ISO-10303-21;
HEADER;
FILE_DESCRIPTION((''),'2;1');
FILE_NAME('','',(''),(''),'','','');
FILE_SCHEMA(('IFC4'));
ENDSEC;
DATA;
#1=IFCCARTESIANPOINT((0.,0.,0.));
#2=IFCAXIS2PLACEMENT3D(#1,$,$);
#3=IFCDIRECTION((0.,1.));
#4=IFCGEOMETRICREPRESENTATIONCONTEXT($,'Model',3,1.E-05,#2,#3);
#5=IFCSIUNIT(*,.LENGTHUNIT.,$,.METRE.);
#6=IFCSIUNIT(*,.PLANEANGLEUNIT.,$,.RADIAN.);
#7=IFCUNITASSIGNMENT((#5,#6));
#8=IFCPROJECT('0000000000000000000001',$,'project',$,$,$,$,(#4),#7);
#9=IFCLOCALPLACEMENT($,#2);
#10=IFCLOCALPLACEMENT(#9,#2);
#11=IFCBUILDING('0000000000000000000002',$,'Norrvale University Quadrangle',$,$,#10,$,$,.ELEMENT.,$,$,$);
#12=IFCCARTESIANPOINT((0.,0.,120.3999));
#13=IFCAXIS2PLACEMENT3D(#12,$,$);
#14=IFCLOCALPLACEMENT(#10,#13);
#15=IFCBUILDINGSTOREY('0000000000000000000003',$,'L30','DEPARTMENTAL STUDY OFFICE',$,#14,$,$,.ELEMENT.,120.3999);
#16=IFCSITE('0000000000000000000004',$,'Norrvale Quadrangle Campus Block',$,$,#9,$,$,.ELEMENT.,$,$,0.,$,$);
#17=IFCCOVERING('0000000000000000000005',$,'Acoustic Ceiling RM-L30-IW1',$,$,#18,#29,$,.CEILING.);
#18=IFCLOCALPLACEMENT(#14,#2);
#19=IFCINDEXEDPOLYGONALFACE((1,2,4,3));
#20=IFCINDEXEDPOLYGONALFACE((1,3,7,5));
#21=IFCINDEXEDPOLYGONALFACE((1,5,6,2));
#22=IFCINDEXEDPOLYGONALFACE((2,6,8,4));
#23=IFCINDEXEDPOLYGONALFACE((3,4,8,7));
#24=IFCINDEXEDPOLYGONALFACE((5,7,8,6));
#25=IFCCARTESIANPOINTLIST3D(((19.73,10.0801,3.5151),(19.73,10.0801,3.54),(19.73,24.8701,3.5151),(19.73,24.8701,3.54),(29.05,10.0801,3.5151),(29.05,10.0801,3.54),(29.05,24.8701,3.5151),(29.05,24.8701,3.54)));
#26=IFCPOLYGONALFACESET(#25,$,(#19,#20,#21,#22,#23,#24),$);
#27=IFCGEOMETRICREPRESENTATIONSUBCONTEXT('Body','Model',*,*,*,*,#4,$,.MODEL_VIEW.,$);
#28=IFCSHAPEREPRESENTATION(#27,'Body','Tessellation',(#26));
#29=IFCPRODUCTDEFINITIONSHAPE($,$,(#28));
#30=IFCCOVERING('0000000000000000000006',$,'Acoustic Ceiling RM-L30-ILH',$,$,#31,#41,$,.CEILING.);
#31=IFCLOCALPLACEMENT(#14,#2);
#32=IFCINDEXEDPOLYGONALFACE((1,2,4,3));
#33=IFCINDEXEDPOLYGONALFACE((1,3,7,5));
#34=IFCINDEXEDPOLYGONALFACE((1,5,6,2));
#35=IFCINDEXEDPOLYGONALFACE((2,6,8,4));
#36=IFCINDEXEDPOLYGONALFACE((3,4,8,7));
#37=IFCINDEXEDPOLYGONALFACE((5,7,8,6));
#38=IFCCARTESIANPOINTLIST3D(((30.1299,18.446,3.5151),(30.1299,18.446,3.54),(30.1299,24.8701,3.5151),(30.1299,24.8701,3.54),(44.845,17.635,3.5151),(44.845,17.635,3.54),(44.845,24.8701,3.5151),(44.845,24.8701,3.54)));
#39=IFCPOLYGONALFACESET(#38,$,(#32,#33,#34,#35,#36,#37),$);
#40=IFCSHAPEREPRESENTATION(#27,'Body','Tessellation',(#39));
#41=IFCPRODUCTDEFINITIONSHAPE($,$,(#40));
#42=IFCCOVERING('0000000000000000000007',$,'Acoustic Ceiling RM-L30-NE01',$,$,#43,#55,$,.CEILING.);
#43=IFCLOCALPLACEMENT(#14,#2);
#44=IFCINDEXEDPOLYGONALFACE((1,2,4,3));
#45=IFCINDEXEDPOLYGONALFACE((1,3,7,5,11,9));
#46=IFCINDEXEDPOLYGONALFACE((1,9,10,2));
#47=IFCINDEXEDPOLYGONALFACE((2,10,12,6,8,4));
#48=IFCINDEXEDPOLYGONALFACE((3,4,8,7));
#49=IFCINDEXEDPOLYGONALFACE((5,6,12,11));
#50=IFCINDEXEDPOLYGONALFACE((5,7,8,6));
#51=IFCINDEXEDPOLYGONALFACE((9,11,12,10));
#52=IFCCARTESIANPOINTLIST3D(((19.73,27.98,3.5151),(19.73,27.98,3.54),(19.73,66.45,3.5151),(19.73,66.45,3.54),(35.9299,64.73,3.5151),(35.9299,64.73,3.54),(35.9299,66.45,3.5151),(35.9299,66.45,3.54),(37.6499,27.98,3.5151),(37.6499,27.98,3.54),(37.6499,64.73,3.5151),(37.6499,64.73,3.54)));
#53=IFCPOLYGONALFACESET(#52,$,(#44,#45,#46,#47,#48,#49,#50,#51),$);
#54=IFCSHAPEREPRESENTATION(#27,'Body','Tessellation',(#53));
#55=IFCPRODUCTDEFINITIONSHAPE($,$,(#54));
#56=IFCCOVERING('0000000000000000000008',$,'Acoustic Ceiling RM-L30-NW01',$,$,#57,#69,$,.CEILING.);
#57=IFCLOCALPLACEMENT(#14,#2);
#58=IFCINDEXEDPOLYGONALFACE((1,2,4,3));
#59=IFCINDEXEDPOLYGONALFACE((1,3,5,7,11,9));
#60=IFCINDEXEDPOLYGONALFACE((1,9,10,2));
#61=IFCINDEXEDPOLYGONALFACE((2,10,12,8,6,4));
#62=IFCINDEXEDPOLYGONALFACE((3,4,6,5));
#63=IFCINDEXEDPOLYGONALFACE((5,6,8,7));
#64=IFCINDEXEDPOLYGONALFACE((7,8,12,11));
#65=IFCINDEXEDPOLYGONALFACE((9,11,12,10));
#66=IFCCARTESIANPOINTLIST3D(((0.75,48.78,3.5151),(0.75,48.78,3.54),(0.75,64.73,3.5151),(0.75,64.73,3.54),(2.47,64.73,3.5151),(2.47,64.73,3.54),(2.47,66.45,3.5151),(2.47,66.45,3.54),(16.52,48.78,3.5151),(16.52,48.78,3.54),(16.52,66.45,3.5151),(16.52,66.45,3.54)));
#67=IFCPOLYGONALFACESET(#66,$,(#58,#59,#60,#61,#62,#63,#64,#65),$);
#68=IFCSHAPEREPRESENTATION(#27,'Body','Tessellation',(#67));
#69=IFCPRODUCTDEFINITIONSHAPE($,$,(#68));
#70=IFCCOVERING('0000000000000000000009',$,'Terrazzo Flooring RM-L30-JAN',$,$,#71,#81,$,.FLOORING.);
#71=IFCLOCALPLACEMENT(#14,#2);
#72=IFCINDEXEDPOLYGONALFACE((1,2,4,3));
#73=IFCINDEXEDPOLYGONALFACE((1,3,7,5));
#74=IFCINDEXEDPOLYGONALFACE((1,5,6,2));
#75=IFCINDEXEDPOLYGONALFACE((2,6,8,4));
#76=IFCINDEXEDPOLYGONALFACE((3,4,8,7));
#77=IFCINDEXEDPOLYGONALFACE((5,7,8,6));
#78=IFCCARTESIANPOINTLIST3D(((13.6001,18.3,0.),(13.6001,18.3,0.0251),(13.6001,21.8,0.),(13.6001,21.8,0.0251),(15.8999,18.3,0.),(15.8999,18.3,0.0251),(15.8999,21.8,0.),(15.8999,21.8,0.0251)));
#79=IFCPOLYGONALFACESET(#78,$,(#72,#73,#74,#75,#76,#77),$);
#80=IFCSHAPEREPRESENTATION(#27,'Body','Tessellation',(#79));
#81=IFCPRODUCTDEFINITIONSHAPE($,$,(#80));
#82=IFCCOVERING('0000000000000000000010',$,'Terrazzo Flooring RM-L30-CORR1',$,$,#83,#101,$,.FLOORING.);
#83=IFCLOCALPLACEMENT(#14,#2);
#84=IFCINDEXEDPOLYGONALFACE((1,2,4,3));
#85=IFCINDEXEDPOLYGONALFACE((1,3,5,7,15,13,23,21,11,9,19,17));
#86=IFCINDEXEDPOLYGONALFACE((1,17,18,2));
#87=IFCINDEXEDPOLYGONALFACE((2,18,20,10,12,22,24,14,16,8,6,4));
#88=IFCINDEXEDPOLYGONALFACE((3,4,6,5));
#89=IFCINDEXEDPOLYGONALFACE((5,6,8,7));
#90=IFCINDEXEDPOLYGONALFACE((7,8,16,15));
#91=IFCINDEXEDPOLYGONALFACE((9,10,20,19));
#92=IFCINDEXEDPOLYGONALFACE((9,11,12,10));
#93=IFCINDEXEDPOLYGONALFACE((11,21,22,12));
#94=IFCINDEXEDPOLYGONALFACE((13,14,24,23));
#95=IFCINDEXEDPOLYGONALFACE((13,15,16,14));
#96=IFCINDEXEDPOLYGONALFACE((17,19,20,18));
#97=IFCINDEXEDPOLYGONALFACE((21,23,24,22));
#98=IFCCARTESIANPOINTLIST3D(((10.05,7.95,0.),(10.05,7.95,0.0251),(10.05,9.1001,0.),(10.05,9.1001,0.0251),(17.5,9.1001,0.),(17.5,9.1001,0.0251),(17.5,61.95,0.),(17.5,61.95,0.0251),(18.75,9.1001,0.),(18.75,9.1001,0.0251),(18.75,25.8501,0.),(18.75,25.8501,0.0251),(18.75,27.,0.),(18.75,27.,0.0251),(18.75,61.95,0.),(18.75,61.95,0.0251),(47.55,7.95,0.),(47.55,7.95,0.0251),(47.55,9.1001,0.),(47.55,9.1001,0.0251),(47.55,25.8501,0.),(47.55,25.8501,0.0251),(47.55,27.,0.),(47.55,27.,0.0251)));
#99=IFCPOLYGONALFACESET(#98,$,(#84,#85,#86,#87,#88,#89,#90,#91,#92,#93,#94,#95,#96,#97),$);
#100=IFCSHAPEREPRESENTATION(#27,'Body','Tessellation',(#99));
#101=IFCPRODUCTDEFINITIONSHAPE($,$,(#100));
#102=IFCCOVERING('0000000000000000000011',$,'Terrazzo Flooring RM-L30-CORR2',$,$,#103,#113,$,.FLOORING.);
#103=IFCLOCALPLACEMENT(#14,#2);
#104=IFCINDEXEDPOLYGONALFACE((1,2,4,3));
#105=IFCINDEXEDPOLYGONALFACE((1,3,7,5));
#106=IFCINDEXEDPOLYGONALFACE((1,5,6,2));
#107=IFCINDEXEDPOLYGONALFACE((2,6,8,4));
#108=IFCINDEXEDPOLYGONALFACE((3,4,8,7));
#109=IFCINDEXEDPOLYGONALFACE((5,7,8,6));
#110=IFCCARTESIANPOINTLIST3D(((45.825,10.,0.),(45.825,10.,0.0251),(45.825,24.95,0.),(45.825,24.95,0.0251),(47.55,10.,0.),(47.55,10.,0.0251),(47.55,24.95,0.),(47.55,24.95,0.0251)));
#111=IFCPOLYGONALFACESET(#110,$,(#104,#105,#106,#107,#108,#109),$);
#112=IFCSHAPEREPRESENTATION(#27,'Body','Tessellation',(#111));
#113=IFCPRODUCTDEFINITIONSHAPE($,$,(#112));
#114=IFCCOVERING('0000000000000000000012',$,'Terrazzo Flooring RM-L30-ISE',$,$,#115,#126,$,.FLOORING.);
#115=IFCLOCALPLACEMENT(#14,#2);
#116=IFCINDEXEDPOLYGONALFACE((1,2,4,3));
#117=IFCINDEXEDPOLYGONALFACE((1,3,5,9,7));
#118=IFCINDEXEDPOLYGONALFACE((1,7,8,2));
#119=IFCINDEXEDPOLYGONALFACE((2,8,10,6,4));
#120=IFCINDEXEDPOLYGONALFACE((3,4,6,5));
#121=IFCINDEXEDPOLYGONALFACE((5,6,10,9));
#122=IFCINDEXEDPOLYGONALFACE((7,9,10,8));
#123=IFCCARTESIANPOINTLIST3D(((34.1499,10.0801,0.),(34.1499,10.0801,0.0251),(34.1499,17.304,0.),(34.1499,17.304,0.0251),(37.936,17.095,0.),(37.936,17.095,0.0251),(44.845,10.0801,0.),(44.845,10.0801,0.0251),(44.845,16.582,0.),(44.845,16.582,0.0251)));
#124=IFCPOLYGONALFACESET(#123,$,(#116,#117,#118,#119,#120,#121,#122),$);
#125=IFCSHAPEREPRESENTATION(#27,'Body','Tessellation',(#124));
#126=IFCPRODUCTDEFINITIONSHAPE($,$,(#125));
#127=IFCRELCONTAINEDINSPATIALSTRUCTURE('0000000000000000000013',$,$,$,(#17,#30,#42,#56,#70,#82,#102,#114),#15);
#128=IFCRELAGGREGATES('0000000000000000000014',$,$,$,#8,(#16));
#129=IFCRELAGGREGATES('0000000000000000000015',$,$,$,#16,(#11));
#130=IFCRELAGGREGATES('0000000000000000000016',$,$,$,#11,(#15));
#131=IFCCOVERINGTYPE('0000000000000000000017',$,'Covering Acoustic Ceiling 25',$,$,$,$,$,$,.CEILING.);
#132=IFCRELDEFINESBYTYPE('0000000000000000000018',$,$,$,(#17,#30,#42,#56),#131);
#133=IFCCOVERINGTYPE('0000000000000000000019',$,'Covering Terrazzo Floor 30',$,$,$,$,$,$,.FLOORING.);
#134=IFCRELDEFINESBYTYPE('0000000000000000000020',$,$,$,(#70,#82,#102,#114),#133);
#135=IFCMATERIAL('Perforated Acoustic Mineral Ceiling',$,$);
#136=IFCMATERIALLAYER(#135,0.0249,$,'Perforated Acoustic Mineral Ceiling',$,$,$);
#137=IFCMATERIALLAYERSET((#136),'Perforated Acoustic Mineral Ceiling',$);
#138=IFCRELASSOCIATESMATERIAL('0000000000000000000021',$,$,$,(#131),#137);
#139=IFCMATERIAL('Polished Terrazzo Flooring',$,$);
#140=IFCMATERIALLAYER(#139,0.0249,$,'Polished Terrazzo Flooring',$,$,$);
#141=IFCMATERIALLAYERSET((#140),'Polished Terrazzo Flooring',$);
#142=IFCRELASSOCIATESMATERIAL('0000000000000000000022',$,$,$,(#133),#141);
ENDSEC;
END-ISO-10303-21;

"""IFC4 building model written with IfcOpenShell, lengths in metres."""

from ifc_helpers import new_model, si_unit, direction, frame, origin, place, context, subcontext, project, spatial, polyline, outline, extrude, material, layer, layer_set, type_object, element, save


model = new_model("IFC4")

# Units and contexts
model_context = context("Model", 3, precision=1e-05, world=origin(), true_north=direction((0.0, 1.0)))
body_context = subcontext(model_context, "Body", "Model", "MODEL_VIEW")
ifc_project = project(units=[si_unit("LENGTHUNIT", "METRE"), si_unit("PLANEANGLEUNIT", "RADIAN")], contexts=[model_context])

# Site, building, storey
site_placement = place(None, origin())
site = spatial("IfcSite", under=ifc_project, at=site_placement, Name="Norrvale Quadrangle Campus Block", CompositionType="ELEMENT", RefElevation=0.0)
building_placement = place(site_placement, origin())
building = spatial("IfcBuilding", under=site, at=building_placement, Name="Norrvale University Quadrangle", CompositionType="ELEMENT")
storey_placement = place(building_placement, frame((0.0, 0.0, 120.3999)))
storey = spatial("IfcBuildingStorey", under=building, at=storey_placement, Name="L30", Description="DEPARTMENTAL STUDY OFFICE", CompositionType="ELEMENT", Elevation=120.3999)

# Coverings
ifc_material_1 = material(Name="Perforated Acoustic Mineral Ceiling")
ifc_layer_1 = layer(ifc_material_1, 0.0249, Name="Perforated Acoustic Mineral Ceiling")
ifc_layer_set_1 = layer_set([ifc_layer_1], Name="Perforated Acoustic Mineral Ceiling")
covering_type_1 = type_object("IfcCoveringType", Name="Covering Acoustic Ceiling 25", PredefinedType="CEILING", material=ifc_layer_set_1)
covering_1_placement = place(storey_placement, frame((0.0, 0.0, 3.5151)))
element("IfcCovering", 1, at=covering_1_placement, inside=storey, type_object=covering_type_1, Name="Acoustic Ceiling RM-L30-IW1", PredefinedType="CEILING", context=body_context, shape_type="SweptSolid", body=[
    extrude(outline(polyline([(19.73, 10.0801), (19.73, 24.8701), (29.05, 24.8701), (29.05, 10.0801), (19.73, 10.0801)])), origin(), (0.0, 0.0, 1.0), 0.0249),
])
covering_2_placement = place(storey_placement, frame((0.0, 0.0, 3.5151)))
element("IfcCovering", 2, at=covering_2_placement, inside=storey, type_object=covering_type_1, Name="Acoustic Ceiling RM-L30-ILH", PredefinedType="CEILING", context=body_context, shape_type="SweptSolid", body=[
    extrude(outline(polyline([(30.1299, 18.446), (30.1299, 24.8701), (44.845, 24.8701), (44.845, 17.635), (30.1299, 18.446)])), origin(), (0.0, 0.0, 1.0), 0.0249),
])
covering_3_placement = place(storey_placement, frame((0.0, 0.0, 3.5151)))
element("IfcCovering", 3, at=covering_3_placement, inside=storey, type_object=covering_type_1, Name="Acoustic Ceiling RM-L30-NE01", PredefinedType="CEILING", context=body_context, shape_type="SweptSolid", body=[
    extrude(outline(polyline([(37.6499, 27.98), (19.73, 27.98), (19.73, 66.45), (35.9299, 66.45), (35.9299, 64.73), (37.6499, 64.73), (37.6499, 27.98)])), origin(), (0.0, 0.0, 1.0), 0.0249),
])
covering_4_placement = place(storey_placement, frame((0.0, 0.0, 3.5151)))
element("IfcCovering", 4, at=covering_4_placement, inside=storey, type_object=covering_type_1, Name="Acoustic Ceiling RM-L30-NW01", PredefinedType="CEILING", context=body_context, shape_type="SweptSolid", body=[
    extrude(outline(polyline([(16.52, 66.45), (16.52, 48.78), (0.75, 48.78), (0.75, 64.73), (2.47, 64.73), (2.47, 66.45), (16.52, 66.45)])), origin(), (0.0, 0.0, 1.0), 0.0249),
])
ifc_material_2 = material(Name="Polished Terrazzo Flooring")
ifc_layer_2 = layer(ifc_material_2, 0.0249, Name="Polished Terrazzo Flooring")
ifc_layer_set_2 = layer_set([ifc_layer_2], Name="Polished Terrazzo Flooring")
covering_type_2 = type_object("IfcCoveringType", Name="Covering Terrazzo Floor 30", PredefinedType="FLOORING", material=ifc_layer_set_2)
covering_5_placement = place(storey_placement, origin())
element("IfcCovering", 5, at=covering_5_placement, inside=storey, type_object=covering_type_2, Name="Terrazzo Flooring RM-L30-JAN", PredefinedType="FLOORING", context=body_context, shape_type="SweptSolid", body=[
    extrude(outline(polyline([(13.6001, 18.3), (13.6001, 21.8), (15.8999, 21.8), (15.8999, 18.3), (13.6001, 18.3)])), origin(), (0.0, 0.0, 1.0), 0.0251),
])
covering_6_placement = place(storey_placement, origin())
element("IfcCovering", 6, at=covering_6_placement, inside=storey, type_object=covering_type_2, Name="Terrazzo Flooring RM-L30-CORR1", PredefinedType="FLOORING", context=body_context, shape_type="SweptSolid", body=[
    extrude(outline(polyline([(10.05, 7.95), (10.05, 9.1001), (17.5, 9.1001), (17.5, 61.95), (18.75, 61.95), (18.75, 27.0), (47.55, 27.0), (47.55, 25.8501), (18.75, 25.8501), (18.75, 9.1001), (47.55, 9.1001), (47.55, 7.95), (10.05, 7.95)])), origin(), (0.0, 0.0, 1.0), 0.0251),
])
covering_7_placement = place(storey_placement, origin())
element("IfcCovering", 7, at=covering_7_placement, inside=storey, type_object=covering_type_2, Name="Terrazzo Flooring RM-L30-CORR2", PredefinedType="FLOORING", context=body_context, shape_type="SweptSolid", body=[
    extrude(outline(polyline([(45.825, 10.0), (45.825, 24.95), (47.55, 24.95), (47.55, 10.0), (45.825, 10.0)])), origin(), (0.0, 0.0, 1.0), 0.0251),
])
covering_8_placement = place(storey_placement, origin())
element("IfcCovering", 8, at=covering_8_placement, inside=storey, type_object=covering_type_2, Name="Terrazzo Flooring RM-L30-ISE", PredefinedType="FLOORING", context=body_context, shape_type="SweptSolid", body=[
    extrude(outline(polyline([(44.845, 16.582), (44.845, 10.0801), (34.1499, 10.0801), (34.1499, 17.304), (37.936, 17.095), (44.845, 16.582)])), origin(), (0.0, 0.0, 1.0), 0.0251),
])

save(model, "model.ifc")
